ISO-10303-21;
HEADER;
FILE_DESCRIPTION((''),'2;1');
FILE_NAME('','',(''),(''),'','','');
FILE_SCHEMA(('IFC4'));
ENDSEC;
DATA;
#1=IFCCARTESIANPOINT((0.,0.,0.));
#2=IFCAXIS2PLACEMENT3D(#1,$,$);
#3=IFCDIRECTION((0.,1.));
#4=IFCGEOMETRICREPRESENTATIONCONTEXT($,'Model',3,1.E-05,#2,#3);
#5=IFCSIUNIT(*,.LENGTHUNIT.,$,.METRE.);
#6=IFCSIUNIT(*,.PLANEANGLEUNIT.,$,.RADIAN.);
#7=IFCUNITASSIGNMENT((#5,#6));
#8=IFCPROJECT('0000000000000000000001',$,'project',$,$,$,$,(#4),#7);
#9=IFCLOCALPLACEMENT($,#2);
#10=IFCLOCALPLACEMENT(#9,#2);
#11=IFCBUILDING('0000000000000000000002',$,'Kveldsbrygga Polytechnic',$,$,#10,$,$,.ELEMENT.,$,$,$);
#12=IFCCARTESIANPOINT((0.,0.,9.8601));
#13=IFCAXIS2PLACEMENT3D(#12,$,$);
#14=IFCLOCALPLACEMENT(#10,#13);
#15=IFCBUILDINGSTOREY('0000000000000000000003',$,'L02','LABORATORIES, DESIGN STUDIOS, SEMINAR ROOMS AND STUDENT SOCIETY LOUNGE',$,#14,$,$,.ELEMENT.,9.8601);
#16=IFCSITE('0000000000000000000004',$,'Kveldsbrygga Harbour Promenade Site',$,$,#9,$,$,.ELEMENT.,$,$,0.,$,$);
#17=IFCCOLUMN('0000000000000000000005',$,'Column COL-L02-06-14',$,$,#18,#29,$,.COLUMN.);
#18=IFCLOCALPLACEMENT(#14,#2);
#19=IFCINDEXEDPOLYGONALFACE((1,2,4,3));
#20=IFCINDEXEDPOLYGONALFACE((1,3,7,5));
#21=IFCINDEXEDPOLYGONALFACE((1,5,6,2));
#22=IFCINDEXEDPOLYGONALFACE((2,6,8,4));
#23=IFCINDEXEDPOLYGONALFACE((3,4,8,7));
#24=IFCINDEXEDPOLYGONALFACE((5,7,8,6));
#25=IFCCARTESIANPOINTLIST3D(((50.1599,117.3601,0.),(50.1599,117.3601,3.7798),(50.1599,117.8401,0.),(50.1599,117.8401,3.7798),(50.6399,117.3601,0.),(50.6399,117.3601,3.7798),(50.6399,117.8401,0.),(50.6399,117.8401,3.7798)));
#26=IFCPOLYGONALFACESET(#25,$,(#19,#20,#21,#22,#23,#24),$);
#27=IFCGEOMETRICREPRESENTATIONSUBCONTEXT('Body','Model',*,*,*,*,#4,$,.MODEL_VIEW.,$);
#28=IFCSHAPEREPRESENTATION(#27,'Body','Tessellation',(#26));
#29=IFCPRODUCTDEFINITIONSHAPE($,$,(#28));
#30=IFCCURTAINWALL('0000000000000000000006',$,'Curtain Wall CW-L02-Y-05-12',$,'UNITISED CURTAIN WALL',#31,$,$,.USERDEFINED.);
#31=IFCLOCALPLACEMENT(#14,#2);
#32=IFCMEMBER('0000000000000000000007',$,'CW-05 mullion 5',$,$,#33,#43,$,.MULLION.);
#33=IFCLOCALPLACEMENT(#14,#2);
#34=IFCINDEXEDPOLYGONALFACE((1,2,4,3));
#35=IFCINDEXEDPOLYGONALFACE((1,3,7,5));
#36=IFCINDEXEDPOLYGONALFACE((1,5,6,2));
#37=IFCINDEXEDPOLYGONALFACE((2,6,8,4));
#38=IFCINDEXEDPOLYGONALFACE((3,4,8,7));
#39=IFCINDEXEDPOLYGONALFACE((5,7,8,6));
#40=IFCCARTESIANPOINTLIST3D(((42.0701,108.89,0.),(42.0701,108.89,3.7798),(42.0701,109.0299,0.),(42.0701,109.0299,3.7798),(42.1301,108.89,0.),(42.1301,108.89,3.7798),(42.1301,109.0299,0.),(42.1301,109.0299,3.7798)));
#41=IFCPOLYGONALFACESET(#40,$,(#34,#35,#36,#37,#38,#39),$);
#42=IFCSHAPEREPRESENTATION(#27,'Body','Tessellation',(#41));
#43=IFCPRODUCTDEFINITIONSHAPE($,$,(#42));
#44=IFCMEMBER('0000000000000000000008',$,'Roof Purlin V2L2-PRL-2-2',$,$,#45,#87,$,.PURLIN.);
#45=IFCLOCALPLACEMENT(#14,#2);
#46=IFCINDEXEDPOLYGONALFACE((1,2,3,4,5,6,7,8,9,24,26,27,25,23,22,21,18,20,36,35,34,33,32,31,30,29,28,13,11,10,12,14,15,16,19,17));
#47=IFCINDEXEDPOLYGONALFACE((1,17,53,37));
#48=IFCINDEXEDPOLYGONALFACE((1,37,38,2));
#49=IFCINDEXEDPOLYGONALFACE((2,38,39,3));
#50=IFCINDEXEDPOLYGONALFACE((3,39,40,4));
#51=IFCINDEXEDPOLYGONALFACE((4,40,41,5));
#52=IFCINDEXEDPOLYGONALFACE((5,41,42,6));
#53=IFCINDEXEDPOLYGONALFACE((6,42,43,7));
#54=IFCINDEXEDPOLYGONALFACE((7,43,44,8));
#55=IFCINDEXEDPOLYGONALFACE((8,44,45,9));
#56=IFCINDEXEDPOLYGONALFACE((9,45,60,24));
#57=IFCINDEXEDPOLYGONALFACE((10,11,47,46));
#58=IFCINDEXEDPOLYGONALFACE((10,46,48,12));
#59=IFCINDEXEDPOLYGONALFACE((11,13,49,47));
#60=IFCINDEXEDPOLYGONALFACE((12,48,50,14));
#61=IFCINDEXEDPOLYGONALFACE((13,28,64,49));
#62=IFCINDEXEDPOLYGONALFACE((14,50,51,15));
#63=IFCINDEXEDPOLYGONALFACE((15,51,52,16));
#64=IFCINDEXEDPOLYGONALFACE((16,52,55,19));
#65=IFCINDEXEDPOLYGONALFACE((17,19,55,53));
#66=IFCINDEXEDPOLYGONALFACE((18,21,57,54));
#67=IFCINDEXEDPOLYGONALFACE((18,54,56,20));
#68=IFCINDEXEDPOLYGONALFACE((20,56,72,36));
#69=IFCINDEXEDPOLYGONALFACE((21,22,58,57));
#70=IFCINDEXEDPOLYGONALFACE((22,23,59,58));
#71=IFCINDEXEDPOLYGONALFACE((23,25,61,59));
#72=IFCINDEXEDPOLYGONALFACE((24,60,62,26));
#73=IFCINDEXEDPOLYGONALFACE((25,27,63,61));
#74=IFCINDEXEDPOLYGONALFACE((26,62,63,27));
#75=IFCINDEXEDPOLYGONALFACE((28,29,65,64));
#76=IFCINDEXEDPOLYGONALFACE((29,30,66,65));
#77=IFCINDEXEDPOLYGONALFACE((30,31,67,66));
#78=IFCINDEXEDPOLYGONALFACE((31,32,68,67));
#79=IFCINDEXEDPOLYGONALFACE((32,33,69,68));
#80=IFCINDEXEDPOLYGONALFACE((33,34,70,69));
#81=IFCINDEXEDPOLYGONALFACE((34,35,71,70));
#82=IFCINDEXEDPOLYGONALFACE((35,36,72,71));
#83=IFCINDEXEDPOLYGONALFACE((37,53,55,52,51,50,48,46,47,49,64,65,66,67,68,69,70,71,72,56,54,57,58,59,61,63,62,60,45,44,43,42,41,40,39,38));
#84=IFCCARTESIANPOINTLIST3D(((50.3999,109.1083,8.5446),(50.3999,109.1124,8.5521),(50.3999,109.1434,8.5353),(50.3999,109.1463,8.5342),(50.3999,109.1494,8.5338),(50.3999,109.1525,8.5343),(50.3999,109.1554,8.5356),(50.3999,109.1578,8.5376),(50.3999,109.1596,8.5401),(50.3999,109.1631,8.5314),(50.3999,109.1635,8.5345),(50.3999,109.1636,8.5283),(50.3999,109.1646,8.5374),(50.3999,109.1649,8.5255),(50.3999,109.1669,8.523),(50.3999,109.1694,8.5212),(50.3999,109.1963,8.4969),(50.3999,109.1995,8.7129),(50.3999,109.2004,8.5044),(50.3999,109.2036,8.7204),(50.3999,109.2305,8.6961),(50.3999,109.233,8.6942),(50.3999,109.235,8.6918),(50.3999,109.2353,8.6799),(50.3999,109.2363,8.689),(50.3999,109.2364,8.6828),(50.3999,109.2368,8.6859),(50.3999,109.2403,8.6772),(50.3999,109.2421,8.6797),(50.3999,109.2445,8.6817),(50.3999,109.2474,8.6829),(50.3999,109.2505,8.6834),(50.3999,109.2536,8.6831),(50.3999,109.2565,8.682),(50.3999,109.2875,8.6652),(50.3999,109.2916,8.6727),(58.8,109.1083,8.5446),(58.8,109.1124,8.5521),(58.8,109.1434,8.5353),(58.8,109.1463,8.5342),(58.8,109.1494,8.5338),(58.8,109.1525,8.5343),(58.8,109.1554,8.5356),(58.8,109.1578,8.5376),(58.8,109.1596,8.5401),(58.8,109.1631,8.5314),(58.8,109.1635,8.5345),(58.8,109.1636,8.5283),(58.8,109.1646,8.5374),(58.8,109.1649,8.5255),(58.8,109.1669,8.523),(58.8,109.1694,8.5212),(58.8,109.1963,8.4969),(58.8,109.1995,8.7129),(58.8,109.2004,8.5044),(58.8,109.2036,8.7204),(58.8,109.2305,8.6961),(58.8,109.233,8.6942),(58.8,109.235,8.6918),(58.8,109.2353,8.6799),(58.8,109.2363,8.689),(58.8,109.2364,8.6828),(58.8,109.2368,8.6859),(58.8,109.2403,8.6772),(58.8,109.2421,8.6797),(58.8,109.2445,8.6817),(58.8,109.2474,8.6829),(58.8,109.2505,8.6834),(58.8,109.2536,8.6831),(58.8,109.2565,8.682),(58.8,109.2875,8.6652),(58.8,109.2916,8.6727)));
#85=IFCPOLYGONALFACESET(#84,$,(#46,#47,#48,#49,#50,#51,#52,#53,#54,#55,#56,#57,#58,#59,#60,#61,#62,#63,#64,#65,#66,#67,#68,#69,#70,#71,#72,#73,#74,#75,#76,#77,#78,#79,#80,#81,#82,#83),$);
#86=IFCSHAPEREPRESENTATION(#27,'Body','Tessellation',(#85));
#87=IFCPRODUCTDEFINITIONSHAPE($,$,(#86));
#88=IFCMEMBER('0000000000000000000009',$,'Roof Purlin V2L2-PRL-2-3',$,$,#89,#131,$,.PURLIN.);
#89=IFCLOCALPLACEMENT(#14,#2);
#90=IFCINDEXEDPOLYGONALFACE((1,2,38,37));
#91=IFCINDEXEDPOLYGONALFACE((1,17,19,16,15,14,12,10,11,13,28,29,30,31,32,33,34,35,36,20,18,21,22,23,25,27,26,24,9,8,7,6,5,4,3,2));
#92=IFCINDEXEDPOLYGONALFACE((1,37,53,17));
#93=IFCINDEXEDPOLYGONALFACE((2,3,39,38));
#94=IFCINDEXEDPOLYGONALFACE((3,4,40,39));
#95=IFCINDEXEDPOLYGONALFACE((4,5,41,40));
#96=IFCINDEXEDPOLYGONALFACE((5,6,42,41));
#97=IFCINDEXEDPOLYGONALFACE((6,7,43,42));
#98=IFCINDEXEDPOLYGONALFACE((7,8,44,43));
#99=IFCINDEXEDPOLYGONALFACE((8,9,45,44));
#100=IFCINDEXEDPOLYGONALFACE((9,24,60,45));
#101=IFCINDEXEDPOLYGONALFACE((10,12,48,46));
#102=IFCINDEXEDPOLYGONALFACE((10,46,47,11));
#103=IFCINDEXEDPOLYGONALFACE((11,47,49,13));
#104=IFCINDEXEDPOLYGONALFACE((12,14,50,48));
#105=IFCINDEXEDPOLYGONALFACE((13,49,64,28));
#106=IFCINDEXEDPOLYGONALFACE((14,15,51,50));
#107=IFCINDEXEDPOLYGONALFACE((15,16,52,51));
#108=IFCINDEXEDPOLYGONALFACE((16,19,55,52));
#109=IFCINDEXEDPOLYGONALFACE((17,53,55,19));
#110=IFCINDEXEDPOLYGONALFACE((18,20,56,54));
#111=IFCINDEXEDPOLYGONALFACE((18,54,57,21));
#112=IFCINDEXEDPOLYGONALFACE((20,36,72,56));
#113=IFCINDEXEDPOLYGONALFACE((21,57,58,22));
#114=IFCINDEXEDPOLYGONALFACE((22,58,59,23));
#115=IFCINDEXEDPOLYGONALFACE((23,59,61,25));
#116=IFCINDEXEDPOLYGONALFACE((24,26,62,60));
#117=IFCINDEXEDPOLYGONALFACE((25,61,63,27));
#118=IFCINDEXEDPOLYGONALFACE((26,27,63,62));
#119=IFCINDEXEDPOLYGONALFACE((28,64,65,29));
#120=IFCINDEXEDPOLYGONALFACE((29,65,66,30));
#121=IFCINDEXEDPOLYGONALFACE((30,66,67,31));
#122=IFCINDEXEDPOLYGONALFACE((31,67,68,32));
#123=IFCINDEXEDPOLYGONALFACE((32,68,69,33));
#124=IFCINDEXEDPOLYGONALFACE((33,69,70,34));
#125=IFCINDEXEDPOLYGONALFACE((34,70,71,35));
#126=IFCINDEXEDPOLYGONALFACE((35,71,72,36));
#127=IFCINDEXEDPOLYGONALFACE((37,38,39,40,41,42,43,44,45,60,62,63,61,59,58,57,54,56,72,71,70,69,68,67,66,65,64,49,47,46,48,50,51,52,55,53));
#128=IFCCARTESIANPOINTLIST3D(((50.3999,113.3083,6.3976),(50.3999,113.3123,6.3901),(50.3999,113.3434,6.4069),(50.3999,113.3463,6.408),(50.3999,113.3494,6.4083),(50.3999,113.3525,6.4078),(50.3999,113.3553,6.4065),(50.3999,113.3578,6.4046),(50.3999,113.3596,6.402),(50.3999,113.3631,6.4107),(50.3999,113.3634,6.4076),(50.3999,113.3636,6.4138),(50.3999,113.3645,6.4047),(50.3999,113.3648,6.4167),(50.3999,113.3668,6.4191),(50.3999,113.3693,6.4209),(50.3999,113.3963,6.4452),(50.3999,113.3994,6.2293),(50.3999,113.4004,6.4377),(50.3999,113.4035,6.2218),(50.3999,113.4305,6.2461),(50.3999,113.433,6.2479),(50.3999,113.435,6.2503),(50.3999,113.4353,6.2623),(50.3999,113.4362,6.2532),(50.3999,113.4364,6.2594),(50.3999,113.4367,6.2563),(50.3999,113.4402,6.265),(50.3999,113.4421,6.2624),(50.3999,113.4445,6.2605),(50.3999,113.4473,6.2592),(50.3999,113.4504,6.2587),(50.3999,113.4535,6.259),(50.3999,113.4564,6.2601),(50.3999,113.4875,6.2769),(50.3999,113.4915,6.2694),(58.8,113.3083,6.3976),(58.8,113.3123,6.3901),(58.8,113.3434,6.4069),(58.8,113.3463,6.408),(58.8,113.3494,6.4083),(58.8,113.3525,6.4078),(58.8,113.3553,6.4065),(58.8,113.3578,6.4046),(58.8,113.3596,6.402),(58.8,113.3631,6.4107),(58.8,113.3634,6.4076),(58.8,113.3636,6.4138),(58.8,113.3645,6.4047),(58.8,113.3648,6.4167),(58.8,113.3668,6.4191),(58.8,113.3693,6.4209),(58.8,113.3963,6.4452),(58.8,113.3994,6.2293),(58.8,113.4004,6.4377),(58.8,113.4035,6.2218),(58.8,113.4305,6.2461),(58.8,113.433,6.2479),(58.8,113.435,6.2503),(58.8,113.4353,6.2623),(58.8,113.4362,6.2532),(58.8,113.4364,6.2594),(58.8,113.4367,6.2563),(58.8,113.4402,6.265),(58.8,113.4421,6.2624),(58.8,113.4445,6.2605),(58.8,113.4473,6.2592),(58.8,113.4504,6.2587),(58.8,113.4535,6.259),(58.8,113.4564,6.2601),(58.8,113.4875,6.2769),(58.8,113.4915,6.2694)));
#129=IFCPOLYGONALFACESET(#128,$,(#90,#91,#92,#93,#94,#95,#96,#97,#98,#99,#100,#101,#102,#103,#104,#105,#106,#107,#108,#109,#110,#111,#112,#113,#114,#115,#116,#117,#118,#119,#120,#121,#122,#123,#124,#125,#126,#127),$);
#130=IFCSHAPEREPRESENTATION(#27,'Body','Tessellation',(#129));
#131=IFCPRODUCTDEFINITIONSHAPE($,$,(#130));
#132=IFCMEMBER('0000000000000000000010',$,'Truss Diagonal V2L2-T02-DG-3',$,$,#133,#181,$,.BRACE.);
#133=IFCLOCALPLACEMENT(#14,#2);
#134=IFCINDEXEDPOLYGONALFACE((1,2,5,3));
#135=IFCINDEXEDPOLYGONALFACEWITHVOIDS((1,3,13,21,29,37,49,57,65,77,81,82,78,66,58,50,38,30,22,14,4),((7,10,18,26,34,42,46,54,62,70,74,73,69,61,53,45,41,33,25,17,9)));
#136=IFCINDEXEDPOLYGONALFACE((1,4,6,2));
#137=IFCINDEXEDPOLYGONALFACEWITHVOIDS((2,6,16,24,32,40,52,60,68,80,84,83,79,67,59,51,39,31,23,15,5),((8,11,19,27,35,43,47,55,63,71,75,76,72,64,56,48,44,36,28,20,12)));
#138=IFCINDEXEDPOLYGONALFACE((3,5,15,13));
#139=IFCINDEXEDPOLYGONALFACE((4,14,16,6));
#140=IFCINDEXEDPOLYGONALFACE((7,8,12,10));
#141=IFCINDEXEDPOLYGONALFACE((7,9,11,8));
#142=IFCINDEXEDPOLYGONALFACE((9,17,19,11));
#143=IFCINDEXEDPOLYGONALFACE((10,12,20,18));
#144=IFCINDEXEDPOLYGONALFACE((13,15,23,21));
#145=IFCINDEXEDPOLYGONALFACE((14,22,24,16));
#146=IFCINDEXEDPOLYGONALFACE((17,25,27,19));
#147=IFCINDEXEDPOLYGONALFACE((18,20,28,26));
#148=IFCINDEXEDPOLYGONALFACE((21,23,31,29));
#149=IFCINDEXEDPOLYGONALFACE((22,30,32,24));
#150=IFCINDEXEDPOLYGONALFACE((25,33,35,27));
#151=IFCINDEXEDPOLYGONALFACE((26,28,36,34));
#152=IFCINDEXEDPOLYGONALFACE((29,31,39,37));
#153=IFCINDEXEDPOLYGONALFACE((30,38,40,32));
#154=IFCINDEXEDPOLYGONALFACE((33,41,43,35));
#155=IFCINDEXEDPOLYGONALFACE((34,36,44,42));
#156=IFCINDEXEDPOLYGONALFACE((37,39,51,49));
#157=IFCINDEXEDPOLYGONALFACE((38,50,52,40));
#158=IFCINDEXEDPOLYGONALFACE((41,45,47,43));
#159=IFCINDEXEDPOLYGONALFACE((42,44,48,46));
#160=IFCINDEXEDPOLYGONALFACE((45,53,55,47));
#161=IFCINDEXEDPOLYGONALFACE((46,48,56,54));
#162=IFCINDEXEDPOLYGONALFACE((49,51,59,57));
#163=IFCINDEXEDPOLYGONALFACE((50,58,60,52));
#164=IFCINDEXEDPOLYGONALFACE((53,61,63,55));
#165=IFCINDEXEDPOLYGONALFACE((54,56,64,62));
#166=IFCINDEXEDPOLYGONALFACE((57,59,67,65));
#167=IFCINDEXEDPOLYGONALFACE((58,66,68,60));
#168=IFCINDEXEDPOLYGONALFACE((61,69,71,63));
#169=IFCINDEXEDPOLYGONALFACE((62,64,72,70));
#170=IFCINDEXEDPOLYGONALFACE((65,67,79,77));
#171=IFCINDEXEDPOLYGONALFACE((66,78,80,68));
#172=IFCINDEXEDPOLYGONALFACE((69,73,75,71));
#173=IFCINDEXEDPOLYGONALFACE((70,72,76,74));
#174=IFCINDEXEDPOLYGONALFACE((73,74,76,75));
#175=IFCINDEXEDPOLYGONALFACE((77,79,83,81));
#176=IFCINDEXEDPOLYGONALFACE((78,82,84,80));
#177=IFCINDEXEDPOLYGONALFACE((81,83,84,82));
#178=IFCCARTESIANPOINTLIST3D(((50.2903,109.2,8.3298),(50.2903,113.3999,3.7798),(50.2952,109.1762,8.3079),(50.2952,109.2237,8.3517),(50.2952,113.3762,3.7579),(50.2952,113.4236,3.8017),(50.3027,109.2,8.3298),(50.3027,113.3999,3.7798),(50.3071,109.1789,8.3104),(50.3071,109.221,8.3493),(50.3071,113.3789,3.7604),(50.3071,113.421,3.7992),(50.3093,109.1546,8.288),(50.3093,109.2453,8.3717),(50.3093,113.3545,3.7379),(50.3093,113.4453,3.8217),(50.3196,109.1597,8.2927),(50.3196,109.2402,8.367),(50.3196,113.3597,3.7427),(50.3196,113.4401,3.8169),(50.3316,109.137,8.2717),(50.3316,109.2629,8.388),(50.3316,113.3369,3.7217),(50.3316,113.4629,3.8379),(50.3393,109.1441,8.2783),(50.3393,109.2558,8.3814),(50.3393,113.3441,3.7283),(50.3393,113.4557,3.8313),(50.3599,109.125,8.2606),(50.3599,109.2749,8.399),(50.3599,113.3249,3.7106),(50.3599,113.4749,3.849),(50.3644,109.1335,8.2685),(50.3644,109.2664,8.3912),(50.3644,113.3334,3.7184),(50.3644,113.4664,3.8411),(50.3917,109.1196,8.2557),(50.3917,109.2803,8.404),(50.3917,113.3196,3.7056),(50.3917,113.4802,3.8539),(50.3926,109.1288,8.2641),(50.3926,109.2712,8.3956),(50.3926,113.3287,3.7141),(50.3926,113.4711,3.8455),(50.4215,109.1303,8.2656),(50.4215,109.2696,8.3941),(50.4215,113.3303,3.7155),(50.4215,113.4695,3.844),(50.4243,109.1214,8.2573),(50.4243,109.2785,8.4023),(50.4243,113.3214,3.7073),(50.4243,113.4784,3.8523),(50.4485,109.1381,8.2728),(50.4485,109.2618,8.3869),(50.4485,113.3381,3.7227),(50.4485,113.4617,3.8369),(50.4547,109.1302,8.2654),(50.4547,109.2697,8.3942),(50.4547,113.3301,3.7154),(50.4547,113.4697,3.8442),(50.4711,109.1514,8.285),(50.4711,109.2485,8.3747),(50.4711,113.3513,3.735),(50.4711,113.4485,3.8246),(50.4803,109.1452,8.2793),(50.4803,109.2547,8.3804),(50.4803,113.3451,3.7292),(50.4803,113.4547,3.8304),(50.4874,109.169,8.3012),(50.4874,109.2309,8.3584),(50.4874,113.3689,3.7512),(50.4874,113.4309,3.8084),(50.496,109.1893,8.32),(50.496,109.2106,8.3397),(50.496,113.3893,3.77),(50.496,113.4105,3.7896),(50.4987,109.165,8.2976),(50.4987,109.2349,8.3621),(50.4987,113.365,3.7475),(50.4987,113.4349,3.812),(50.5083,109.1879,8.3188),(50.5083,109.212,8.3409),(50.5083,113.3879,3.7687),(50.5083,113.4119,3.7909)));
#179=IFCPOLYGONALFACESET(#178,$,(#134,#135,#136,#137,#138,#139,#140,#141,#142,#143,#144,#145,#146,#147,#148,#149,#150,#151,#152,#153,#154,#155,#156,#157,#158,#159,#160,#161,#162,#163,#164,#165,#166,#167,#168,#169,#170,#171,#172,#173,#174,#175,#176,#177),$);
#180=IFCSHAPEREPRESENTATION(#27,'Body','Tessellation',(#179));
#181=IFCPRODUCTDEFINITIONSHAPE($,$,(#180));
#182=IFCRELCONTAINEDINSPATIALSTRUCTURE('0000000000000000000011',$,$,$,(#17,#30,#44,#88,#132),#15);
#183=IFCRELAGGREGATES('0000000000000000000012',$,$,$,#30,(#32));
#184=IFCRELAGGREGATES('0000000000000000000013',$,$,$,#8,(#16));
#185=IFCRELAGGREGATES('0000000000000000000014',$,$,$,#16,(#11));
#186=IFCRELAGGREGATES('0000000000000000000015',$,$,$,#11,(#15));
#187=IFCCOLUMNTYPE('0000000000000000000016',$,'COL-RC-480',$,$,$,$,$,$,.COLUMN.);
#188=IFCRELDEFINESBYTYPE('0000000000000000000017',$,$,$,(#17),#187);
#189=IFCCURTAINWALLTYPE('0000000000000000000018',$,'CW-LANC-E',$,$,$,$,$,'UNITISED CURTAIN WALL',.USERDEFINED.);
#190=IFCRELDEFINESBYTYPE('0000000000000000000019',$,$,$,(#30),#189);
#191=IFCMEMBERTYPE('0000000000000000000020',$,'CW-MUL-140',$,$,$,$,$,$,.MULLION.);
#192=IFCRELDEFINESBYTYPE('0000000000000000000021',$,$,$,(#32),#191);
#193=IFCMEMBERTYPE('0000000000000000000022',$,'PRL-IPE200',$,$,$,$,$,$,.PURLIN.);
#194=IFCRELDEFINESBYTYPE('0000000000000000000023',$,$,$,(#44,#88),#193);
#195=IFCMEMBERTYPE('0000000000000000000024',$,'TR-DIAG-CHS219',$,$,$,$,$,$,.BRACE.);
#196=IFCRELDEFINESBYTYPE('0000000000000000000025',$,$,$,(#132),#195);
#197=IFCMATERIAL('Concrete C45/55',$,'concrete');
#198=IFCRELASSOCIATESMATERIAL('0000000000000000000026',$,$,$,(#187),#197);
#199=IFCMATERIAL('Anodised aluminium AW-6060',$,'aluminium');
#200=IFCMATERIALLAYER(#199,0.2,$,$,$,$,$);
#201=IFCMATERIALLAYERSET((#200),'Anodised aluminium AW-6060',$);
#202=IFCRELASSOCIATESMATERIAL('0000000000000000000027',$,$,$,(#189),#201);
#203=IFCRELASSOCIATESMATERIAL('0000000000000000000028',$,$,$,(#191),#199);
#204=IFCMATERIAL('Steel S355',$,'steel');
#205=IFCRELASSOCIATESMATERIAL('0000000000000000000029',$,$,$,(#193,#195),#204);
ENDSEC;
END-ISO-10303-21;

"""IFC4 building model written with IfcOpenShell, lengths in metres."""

from ifc_helpers import new_model, si_unit, direction, frame, origin, origin_2d, place, context, subcontext, project, spatial, rectangle, hollow_circle, i_section, extrude, material, layer, layer_set, material_profile, profile_set, type_object, element, aggregate, save


model = new_model("IFC4")

# Units and contexts
model_context = context("Model", 3, precision=1e-05, world=origin(), true_north=direction((0.0, 1.0)))
body_context = subcontext(model_context, "Body", "Model", "MODEL_VIEW")
ifc_project = project(units=[si_unit("LENGTHUNIT", "METRE"), si_unit("PLANEANGLEUNIT", "RADIAN")], contexts=[model_context])

# Site, building, storey
site_placement = place(None, origin())
site = spatial("IfcSite", under=ifc_project, at=site_placement, Name="Kveldsbrygga Harbour Promenade Site", CompositionType="ELEMENT", RefElevation=0.0)
building_placement = place(site_placement, origin())
building = spatial("IfcBuilding", under=site, at=building_placement, Name="Kveldsbrygga Polytechnic", CompositionType="ELEMENT")
storey_placement = place(building_placement, frame((0.0, 0.0, 9.8601)))
storey = spatial("IfcBuildingStorey", under=building, at=storey_placement, Name="L02", Description="LABORATORIES, DESIGN STUDIOS, SEMINAR ROOMS AND STUDENT SOCIETY LOUNGE", CompositionType="ELEMENT", Elevation=9.8601)

# Column
ifc_material_1 = material(Name="Concrete C45/55", Category="concrete")
ifc_material_profile_1 = material_profile(ifc_material_1, rectangle(XDim=0.48, YDim=0.48, at=origin_2d()), Name="RC 480x480")
ifc_profile_set_1 = profile_set([ifc_material_profile_1], Name="Concrete C45/55")
column_type = type_object("IfcColumnType", Name="COL-RC-480", PredefinedType="COLUMN", material=ifc_profile_set_1)
column_placement = place(storey_placement, frame((50.3999, 117.6001, 0.0), z_axis=(0.0, 0.0, 1.0), x_axis=(1.0, 0.0, 0.0)))
element("IfcColumn", 1, at=column_placement, inside=storey, type_object=column_type, Name="Column COL-L02-06-14", PredefinedType="COLUMN", context=body_context, shape_type="SweptSolid", body=[
    extrude(rectangle(XDim=0.48, YDim=0.48, at=origin_2d()), origin(), (0.0, 0.0, 1.0), 3.7798),
])

# Curtain wall, member
ifc_material_2 = material(Name="Anodised aluminium AW-6060", Category="aluminium")
ifc_layer_1 = layer(ifc_material_2, 0.2)
ifc_layer_set_1 = layer_set([ifc_layer_1], Name="Anodised aluminium AW-6060")
curtain_wall_type = type_object("IfcCurtainWallType", Name="CW-LANC-E", ElementType="UNITISED CURTAIN WALL", PredefinedType="USERDEFINED", material=ifc_layer_set_1)
curtain_wall_placement = place(storey_placement, origin())
curtain_wall = element("IfcCurtainWall", 2, at=curtain_wall_placement, inside=storey, type_object=curtain_wall_type, Name="Curtain Wall CW-L02-Y-05-12", ObjectType="UNITISED CURTAIN WALL", PredefinedType="USERDEFINED")
ifc_material_profile_2 = material_profile(ifc_material_2, rectangle(XDim=0.0601, YDim=0.1399, at=origin_2d()), Name="ALU 60x140")
ifc_profile_set_2 = profile_set([ifc_material_profile_2], Name="Anodised aluminium AW-6060")
member_type_1 = type_object("IfcMemberType", Name="CW-MUL-140", PredefinedType="MULLION", material=ifc_profile_set_2)
member_1_placement = place(storey_placement, frame((42.1001, 108.96, 0.0), z_axis=(0.0, 0.0, 1.0), x_axis=(-1.0, 0.0, 0.0)))
member_1 = element("IfcMember", 3, at=member_1_placement, type_object=member_type_1, Name="CW-05 mullion 5", PredefinedType="MULLION", context=body_context, shape_type="SweptSolid", body=[
    extrude(rectangle(XDim=0.0601, YDim=0.1399, at=origin_2d()), origin(), (0.0, 0.0, 1.0), 3.7798),
])

# Members
ifc_material_3 = material(Name="Steel S355", Category="steel")
ifc_material_profile_3 = material_profile(ifc_material_3, i_section(OverallWidth=0.1001, OverallDepth=0.2, WebThickness=0.0056, FlangeThickness=0.0085, FilletRadius=0.012, at=origin_2d()), Name="IPE 200")
ifc_profile_set_3 = profile_set([ifc_material_profile_3], Name="Steel S355")
member_type_2 = type_object("IfcMemberType", Name="PRL-IPE200", PredefinedType="PURLIN", material=ifc_profile_set_3)
for number, where, z_axis, x_axis, name in (
    (4, (50.3999, 109.2, 8.6086), (1.0, 0.0, 0.0), (0.0, 0.879292, -0.476283), "Roof Purlin V2L2-PRL-2-2"),
    (5, (50.3999, 113.3999, 6.3335), (1.0, 0.0, 0.0), (0.0, 0.879292, 0.476283), "Roof Purlin V2L2-PRL-2-3"),
):
    element("IfcMember", number, at=place(storey_placement, frame(where, z_axis=z_axis, x_axis=x_axis)), inside=storey, type_object=member_type_2, Name=name, PredefinedType="PURLIN", context=body_context, shape_type="SweptSolid", body=[
        extrude(i_section(OverallWidth=0.1001, OverallDepth=0.2, WebThickness=0.0056, FlangeThickness=0.0085, FilletRadius=0.012, at=origin_2d()), origin(), (0.0, 0.0, 1.0), 8.4001),
    ])
ifc_material_profile_4 = material_profile(ifc_material_3, hollow_circle(Radius=0.1096, WallThickness=0.0125, at=origin_2d()), Name="CHS 219.1x12.5")
ifc_profile_set_4 = profile_set([ifc_material_profile_4], Name="Steel S355")
member_type_3 = type_object("IfcMemberType", Name="TR-DIAG-CHS219", PredefinedType="BRACE", material=ifc_profile_set_4)
member_2_placement = place(storey_placement, frame((50.3999, 109.2, 8.3298), z_axis=(0.0, 0.678272, -0.734811), x_axis=(-1.0, 0.0, 0.0)))
element("IfcMember", 6, at=member_2_placement, inside=storey, type_object=member_type_3, Name="Truss Diagonal V2L2-T02-DG-3", PredefinedType="BRACE", context=body_context, shape_type="SweptSolid", body=[
    extrude(hollow_circle(Radius=0.1096, WallThickness=0.0125, at=origin_2d()), origin(), (0.0, 0.0, 1.0), 6.1921),
])

aggregate(curtain_wall, [member_1])

save(model, "model.ifc")
